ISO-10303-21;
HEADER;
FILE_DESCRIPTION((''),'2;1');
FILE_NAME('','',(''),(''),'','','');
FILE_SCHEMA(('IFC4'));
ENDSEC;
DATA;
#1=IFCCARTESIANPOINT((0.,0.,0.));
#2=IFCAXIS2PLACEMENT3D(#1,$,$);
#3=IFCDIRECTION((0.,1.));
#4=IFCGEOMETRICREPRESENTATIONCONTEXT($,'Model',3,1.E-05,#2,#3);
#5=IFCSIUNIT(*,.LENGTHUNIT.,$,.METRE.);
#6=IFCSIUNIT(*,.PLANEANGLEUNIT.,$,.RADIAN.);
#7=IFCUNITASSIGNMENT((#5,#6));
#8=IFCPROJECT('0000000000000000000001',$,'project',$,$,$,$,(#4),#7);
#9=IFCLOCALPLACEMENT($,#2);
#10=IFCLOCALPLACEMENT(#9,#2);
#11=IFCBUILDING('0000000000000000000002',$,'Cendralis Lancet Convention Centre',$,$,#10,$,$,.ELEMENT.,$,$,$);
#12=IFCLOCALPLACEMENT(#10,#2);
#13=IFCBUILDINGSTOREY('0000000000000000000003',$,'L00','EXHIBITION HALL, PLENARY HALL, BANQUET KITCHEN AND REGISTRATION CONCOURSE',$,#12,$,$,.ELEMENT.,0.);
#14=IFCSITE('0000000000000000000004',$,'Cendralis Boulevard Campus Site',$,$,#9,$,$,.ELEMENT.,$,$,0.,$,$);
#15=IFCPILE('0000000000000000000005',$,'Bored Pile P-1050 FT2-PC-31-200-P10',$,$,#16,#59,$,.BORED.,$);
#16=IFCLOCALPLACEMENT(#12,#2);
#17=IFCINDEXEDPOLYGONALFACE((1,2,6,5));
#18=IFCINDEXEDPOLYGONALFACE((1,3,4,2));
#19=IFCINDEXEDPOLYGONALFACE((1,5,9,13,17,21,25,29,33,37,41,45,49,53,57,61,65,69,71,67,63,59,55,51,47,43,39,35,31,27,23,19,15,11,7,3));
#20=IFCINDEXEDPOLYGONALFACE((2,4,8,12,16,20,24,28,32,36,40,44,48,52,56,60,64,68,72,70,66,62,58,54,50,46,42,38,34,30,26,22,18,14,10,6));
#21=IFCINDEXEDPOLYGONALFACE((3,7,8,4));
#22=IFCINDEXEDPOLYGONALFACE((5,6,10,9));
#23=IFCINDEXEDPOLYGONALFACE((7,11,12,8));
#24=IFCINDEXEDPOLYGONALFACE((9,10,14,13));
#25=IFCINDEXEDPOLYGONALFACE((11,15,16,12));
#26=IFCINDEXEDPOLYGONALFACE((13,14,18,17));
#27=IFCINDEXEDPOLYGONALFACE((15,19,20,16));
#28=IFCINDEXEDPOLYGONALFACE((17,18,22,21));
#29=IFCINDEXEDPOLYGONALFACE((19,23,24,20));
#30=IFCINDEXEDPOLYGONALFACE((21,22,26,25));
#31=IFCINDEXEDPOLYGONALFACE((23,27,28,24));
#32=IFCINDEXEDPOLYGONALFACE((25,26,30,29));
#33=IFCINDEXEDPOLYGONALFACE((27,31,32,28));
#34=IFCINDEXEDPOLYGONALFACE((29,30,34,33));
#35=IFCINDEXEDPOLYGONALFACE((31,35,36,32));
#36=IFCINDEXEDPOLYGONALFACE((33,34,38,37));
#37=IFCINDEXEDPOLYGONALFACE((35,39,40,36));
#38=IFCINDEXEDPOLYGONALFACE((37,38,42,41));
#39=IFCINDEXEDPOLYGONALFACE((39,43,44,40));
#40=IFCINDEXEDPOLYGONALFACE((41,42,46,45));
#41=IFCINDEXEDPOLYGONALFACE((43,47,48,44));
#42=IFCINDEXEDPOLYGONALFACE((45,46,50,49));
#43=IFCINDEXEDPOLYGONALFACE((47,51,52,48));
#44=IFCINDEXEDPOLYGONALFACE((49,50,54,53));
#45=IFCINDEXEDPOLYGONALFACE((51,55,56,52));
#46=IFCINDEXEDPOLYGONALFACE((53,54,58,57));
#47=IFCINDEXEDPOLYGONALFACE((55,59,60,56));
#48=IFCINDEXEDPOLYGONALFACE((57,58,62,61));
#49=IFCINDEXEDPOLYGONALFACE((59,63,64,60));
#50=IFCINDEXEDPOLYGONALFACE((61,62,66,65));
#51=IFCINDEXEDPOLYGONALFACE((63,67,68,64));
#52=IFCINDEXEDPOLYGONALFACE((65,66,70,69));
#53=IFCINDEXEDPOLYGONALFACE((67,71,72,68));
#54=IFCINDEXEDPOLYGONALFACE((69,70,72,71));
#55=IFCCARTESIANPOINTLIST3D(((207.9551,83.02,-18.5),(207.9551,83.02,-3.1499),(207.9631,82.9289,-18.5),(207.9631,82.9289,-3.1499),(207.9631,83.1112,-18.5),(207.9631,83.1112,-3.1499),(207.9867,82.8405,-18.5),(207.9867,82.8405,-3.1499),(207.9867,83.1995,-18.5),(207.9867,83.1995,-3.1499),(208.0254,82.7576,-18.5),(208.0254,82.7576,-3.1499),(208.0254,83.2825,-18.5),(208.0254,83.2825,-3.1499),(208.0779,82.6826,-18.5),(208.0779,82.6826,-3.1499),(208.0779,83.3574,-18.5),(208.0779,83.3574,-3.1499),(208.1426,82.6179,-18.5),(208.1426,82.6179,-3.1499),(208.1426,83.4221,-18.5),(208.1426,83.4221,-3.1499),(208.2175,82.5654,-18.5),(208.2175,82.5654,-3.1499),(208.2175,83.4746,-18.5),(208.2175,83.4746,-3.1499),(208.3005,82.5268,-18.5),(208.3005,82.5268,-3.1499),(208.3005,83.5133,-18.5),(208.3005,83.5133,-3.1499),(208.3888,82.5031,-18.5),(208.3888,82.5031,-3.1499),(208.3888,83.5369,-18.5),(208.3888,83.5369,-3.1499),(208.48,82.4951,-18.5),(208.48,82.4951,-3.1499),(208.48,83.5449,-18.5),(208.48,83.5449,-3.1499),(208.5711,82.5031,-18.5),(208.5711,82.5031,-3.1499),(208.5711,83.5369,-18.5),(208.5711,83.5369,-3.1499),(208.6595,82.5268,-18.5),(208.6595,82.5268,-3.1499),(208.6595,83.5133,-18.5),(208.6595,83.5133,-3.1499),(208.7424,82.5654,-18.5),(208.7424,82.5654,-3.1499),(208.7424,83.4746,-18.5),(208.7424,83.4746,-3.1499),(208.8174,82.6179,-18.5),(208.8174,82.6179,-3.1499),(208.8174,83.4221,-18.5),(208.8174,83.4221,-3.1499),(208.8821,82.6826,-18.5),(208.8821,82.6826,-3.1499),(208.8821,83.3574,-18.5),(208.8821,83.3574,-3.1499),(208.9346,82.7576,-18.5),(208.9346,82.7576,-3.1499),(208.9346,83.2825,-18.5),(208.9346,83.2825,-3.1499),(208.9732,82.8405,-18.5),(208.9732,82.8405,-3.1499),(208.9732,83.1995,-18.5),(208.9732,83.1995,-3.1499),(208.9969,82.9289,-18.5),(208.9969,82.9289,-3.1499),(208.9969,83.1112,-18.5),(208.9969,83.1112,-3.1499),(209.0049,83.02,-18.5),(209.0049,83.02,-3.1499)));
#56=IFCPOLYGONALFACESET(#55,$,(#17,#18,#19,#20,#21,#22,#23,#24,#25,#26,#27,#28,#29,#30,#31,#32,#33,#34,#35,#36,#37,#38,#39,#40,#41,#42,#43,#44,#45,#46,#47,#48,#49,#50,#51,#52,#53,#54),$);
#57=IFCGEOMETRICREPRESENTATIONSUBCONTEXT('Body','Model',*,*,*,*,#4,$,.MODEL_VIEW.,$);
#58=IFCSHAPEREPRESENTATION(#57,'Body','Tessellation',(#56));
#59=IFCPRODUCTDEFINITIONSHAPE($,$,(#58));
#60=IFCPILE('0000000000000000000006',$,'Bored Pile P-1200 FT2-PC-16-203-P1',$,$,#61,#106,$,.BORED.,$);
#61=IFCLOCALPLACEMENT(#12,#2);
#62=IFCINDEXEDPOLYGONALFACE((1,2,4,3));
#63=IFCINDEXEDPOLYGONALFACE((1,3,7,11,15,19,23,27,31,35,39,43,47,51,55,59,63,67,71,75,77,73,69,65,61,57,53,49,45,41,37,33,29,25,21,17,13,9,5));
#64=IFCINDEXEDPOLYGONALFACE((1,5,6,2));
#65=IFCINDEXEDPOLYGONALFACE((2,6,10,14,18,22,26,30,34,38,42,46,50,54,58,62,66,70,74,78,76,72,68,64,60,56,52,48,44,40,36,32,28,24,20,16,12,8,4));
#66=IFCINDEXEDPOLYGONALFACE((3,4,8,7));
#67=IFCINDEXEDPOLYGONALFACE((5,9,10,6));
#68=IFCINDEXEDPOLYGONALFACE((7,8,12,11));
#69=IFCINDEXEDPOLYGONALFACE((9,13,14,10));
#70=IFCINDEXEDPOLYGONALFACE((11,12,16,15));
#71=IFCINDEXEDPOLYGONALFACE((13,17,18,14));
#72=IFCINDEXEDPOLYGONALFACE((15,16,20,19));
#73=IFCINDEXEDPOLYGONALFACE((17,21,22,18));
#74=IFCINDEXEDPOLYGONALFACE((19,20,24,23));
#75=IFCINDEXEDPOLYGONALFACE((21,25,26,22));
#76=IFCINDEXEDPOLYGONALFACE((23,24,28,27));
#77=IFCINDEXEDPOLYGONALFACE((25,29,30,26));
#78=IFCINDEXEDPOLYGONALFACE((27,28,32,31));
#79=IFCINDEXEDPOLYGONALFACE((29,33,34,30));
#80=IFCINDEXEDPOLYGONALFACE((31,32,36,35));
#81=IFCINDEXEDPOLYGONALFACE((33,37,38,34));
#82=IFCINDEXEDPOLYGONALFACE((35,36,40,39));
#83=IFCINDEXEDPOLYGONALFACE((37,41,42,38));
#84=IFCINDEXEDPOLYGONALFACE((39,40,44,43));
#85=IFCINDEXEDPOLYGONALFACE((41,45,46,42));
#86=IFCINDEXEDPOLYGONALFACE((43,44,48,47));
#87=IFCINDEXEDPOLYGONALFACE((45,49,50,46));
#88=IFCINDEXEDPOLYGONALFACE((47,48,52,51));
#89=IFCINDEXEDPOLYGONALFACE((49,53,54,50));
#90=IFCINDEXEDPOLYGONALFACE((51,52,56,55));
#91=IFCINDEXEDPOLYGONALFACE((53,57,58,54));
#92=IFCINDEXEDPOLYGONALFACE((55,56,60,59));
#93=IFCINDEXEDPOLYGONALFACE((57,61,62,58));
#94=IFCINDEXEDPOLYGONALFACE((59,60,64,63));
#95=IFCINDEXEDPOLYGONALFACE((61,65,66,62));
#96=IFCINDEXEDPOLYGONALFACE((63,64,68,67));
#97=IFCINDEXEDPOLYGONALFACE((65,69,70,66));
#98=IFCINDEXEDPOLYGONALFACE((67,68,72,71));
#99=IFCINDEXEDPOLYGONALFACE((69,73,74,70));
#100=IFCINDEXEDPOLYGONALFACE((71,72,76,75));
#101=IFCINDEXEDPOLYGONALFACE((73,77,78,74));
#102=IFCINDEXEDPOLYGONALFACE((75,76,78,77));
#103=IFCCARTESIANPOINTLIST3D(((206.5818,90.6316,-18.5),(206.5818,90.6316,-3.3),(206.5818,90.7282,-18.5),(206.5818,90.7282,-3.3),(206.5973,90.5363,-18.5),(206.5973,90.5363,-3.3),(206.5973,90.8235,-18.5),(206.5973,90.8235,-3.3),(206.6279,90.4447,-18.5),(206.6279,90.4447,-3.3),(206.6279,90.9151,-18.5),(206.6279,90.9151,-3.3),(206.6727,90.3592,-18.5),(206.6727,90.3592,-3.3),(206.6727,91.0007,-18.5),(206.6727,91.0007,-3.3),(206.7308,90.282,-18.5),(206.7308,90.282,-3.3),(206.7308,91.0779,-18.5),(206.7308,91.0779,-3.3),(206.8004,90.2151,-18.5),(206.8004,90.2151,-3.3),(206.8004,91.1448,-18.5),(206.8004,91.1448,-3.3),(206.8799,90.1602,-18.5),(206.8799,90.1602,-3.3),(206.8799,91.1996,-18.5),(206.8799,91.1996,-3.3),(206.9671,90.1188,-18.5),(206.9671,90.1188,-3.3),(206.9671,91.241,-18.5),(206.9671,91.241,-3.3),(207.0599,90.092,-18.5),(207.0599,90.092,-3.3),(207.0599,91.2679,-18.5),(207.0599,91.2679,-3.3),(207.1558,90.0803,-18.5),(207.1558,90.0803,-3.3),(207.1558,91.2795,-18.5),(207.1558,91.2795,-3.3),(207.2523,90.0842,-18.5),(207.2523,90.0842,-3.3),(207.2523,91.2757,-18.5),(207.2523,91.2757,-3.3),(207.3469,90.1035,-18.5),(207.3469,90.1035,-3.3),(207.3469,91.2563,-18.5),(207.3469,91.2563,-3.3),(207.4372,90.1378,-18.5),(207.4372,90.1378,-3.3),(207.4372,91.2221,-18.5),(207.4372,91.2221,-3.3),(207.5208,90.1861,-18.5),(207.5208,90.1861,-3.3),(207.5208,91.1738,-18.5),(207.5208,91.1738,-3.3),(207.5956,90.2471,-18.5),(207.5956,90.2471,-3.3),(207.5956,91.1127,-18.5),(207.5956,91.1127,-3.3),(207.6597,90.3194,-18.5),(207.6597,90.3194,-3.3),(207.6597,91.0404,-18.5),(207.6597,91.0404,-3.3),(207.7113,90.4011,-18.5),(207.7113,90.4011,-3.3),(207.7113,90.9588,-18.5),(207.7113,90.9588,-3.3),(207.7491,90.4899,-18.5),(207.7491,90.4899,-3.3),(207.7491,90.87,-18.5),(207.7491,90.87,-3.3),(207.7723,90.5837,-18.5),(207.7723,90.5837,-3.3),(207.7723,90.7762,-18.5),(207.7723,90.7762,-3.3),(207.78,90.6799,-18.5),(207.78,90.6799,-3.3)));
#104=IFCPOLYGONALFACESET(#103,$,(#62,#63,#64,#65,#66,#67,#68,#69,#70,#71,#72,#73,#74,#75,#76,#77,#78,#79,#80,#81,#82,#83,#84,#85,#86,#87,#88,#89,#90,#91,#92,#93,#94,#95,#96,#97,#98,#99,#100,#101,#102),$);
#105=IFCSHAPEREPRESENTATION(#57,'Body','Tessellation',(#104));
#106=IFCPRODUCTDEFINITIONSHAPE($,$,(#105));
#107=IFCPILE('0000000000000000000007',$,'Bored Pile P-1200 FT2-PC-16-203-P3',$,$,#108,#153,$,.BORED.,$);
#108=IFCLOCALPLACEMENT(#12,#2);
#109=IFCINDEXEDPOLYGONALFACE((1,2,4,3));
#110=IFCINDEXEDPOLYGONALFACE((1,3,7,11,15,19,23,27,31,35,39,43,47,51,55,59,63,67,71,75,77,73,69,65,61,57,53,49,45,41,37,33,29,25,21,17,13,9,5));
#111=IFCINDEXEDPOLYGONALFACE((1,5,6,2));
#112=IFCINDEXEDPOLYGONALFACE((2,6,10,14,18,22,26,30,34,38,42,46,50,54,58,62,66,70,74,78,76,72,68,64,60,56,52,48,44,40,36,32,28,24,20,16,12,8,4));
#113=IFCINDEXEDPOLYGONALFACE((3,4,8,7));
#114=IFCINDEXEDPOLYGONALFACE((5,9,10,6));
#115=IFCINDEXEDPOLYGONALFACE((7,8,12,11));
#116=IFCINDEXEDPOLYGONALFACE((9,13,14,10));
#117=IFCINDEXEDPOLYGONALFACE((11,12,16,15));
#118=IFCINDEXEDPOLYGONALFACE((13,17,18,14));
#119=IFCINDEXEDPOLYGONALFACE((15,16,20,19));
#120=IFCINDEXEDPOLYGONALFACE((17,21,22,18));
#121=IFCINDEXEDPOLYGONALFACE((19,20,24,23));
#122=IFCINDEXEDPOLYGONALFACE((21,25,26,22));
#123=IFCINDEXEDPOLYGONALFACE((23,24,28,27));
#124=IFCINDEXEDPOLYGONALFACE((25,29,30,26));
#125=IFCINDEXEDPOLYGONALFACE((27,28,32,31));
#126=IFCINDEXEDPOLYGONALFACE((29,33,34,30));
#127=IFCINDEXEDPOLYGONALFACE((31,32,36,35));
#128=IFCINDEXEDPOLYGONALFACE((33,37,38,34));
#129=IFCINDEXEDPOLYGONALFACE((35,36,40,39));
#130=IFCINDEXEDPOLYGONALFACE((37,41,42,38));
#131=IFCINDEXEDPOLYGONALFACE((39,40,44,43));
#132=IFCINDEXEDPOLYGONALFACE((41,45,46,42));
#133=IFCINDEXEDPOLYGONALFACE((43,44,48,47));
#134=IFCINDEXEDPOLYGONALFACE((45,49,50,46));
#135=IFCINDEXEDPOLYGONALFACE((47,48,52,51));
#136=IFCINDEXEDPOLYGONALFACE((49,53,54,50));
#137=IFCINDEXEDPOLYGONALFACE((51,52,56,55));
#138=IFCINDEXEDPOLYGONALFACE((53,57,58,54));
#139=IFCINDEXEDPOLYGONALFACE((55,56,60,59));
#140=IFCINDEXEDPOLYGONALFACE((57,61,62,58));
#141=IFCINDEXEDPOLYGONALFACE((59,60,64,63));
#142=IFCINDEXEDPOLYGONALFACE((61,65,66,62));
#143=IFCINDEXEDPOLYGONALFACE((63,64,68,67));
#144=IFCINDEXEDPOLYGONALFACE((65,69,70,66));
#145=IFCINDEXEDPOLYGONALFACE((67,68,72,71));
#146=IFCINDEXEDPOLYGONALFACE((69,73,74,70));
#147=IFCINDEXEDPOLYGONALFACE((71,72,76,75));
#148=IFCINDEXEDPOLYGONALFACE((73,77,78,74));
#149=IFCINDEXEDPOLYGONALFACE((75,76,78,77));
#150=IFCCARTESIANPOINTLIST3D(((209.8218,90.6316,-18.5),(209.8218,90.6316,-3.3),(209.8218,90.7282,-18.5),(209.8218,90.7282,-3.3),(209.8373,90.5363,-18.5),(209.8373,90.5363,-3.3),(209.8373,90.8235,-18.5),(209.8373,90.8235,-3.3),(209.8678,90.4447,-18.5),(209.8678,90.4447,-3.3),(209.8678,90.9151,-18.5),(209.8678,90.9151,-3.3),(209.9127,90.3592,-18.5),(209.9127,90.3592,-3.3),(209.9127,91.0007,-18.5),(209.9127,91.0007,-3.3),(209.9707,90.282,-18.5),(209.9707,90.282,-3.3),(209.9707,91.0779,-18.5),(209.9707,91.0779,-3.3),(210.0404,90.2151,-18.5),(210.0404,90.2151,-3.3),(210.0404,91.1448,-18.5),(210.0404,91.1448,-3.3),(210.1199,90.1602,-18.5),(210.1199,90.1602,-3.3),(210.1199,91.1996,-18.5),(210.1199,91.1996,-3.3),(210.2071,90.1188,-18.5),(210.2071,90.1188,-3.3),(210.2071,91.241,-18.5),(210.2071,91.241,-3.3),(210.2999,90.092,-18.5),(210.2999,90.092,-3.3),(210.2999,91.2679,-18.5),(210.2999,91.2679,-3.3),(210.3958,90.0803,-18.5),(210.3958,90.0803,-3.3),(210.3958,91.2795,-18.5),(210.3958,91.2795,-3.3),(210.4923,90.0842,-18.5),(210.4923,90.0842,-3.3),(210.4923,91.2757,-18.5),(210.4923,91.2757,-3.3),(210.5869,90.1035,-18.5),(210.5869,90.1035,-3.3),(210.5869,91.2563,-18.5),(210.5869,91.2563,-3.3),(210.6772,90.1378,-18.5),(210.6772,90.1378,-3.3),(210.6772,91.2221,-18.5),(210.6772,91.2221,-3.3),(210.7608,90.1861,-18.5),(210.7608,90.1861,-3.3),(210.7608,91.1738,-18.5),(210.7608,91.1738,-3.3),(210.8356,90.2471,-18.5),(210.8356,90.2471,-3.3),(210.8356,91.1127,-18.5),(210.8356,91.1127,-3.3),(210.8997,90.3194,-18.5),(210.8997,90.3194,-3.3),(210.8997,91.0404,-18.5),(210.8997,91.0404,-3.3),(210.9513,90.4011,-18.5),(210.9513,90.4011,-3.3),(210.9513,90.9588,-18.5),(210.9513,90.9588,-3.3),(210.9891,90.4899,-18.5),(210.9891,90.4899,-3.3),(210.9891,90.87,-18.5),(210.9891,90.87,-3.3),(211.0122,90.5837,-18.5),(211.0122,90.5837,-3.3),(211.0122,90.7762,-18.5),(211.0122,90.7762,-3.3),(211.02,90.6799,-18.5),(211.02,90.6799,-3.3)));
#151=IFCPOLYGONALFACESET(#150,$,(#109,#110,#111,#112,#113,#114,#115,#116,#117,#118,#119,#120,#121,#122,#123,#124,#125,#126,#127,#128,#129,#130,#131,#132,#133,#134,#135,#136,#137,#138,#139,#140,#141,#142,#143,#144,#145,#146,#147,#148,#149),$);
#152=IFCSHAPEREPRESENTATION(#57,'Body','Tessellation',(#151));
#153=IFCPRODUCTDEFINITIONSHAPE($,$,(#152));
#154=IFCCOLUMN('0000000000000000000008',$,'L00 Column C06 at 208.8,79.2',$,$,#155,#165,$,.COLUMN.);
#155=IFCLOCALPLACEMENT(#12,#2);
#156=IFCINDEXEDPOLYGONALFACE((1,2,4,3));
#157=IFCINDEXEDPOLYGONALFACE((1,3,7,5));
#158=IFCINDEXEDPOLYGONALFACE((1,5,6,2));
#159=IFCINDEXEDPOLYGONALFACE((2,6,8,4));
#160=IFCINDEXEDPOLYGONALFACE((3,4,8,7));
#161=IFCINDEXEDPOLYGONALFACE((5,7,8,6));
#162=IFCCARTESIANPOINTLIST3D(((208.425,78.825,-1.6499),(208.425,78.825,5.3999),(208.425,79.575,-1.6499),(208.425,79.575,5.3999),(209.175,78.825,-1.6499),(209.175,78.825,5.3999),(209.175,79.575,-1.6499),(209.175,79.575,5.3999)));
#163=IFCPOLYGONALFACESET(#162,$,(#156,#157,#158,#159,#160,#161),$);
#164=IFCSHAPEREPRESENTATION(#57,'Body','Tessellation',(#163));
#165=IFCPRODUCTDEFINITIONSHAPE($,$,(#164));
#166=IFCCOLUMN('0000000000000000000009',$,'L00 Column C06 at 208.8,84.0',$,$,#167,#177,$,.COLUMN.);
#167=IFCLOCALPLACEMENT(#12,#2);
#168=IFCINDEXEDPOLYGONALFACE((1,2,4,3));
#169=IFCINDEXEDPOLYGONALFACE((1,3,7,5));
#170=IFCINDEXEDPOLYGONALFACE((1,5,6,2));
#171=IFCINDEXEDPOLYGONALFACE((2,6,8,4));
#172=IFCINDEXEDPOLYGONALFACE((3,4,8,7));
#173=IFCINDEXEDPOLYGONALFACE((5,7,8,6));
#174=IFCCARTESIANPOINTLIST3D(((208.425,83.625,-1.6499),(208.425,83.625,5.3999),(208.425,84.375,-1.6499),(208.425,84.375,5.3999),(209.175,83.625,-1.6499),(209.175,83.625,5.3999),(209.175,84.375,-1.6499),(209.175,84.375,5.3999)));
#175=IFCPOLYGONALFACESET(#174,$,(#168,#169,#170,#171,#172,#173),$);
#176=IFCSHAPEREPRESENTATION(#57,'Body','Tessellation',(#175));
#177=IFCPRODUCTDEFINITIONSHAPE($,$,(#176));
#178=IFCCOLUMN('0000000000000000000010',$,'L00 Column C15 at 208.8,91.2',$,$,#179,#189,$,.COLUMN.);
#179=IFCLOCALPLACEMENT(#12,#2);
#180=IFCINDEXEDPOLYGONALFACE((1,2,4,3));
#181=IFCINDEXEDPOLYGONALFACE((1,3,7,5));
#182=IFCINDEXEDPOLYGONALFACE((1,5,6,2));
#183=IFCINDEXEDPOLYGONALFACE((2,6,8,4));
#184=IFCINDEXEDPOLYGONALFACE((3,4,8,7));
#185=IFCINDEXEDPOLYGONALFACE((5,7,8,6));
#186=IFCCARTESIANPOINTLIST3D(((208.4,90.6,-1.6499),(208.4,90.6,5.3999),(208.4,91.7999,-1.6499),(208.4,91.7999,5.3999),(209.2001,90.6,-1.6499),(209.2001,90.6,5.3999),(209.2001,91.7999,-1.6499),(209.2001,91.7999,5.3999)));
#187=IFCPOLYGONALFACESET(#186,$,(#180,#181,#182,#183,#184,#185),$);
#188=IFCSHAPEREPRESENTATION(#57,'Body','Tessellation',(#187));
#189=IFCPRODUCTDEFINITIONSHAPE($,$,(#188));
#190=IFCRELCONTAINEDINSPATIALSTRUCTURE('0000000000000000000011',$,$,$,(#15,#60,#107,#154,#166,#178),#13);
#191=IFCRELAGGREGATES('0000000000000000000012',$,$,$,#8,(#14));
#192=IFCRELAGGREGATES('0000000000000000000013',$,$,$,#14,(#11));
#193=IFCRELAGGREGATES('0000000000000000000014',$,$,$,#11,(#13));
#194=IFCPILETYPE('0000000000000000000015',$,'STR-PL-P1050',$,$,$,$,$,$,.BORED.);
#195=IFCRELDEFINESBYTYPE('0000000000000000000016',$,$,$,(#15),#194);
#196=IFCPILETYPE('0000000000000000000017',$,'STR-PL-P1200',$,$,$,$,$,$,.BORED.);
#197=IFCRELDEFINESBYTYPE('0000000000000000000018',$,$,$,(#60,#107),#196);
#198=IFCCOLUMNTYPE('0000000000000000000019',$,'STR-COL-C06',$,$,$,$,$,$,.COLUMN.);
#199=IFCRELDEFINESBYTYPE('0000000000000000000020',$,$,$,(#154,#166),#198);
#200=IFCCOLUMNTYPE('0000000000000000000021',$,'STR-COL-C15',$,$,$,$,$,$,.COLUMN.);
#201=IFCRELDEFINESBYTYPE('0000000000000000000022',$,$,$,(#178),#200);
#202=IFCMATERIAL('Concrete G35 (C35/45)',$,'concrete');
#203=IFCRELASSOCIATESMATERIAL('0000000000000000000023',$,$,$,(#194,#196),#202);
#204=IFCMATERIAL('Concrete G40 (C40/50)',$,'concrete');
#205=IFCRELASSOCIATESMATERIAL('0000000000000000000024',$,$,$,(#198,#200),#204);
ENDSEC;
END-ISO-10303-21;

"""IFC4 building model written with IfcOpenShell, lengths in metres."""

from ifc_helpers import new_model, si_unit, direction, frame, origin, origin_2d, place, context, subcontext, project, spatial, rectangle, circle, extrude, material, material_profile, profile_set, type_object, element, save


model = new_model("IFC4")

# Units and contexts
model_context = context("Model", 3, precision=1e-05, world=origin(), true_north=direction((0.0, 1.0)))
body_context = subcontext(model_context, "Body", "Model", "MODEL_VIEW")
ifc_project = project(units=[si_unit("LENGTHUNIT", "METRE"), si_unit("PLANEANGLEUNIT", "RADIAN")], contexts=[model_context])

# Site, building, storey
site_placement = place(None, origin())
site = spatial("IfcSite", under=ifc_project, at=site_placement, Name="Cendralis Boulevard Campus Site", CompositionType="ELEMENT", RefElevation=0.0)
building_placement = place(site_placement, origin())
building = spatial("IfcBuilding", under=site, at=building_placement, Name="Cendralis Lancet Convention Centre", CompositionType="ELEMENT")
storey_placement = place(building_placement, origin())
storey = spatial("IfcBuildingStorey", under=building, at=storey_placement, Name="L00", Description="EXHIBITION HALL, PLENARY HALL, BANQUET KITCHEN AND REGISTRATION CONCOURSE", CompositionType="ELEMENT", Elevation=0.0)

# Piles
ifc_material_1 = material(Name="Concrete G35 (C35/45)", Category="concrete")
ifc_material_profile_1 = material_profile(ifc_material_1, circle(Radius=0.5249, at=origin_2d()), Name="BORED PILE D1050")
ifc_profile_set_1 = profile_set([ifc_material_profile_1], Name="Concrete G35 (C35/45)")
pile_type_1 = type_object("IfcPileType", Name="STR-PL-P1050", PredefinedType="BORED", material=ifc_profile_set_1)
for number, where, z_axis, x_axis, name in (
    (1, (208.48, 83.02, -3.1499), (0.0, 0.0, -1.0), (1.0, 0.0, 0.0), "Bored Pile P-1050 FT2-PC-31-200-P10"),
):
    element("IfcPile", number, at=place(storey_placement, frame(where, z_axis=z_axis, x_axis=x_axis)), inside=storey, type_object=pile_type_1, Name=name, PredefinedType="BORED", context=body_context, shape_type="SweptSolid", body=[
        extrude(circle(Radius=0.5249, at=origin_2d()), origin(), (0.0, 0.0, 1.0), 15.3501),
    ])
ifc_material_profile_2 = material_profile(ifc_material_1, circle(Radius=0.6001, at=origin_2d()), Name="BORED PILE D1200")
ifc_profile_set_2 = profile_set([ifc_material_profile_2], Name="Concrete G35 (C35/45)")
pile_type_2 = type_object("IfcPileType", Name="STR-PL-P1200", PredefinedType="BORED", material=ifc_profile_set_2)
for number, where, z_axis, x_axis, name in (
    (2, (207.1799, 90.6799, -3.3), (0.0, 0.0, -1.0), (1.0, 0.0, 0.0), "Bored Pile P-1200 FT2-PC-16-203-P1"),
    (3, (210.4199, 90.6799, -3.3), (0.0, 0.0, -1.0), (1.0, 0.0, 0.0), "Bored Pile P-1200 FT2-PC-16-203-P3"),
):
    element("IfcPile", number, at=place(storey_placement, frame(where, z_axis=z_axis, x_axis=x_axis)), inside=storey, type_object=pile_type_2, Name=name, PredefinedType="BORED", context=body_context, shape_type="SweptSolid", body=[
        extrude(circle(Radius=0.6001, at=origin_2d()), origin(), (0.0, 0.0, 1.0), 15.2),
    ])

# Columns
ifc_material_2 = material(Name="Concrete G40 (C40/50)", Category="concrete")
ifc_material_profile_3 = material_profile(ifc_material_2, rectangle(XDim=0.75, YDim=0.75, at=origin_2d()), Name="RC 750x750")
ifc_profile_set_3 = profile_set([ifc_material_profile_3], Name="Concrete G40 (C40/50)")
column_type_1 = type_object("IfcColumnType", Name="STR-COL-C06", PredefinedType="COLUMN", material=ifc_profile_set_3)
for number, where, z_axis, x_axis, name in (
    (4, (208.8, 79.2, -1.6499), (0.0, 0.0, 1.0), (1.0, 0.0, 0.0), "L00 Column C06 at 208.8,79.2"),
    (5, (208.8, 84.0, -1.6499), (0.0, 0.0, 1.0), (1.0, 0.0, 0.0), "L00 Column C06 at 208.8,84.0"),
):
    element("IfcColumn", number, at=place(storey_placement, frame(where, z_axis=z_axis, x_axis=x_axis)), inside=storey, type_object=column_type_1, Name=name, PredefinedType="COLUMN", context=body_context, shape_type="SweptSolid", body=[
        extrude(rectangle(XDim=0.75, YDim=0.75, at=origin_2d()), origin(), (0.0, 0.0, 1.0), 7.0498),
    ])
ifc_material_profile_4 = material_profile(ifc_material_2, rectangle(XDim=0.8, YDim=1.2, at=origin_2d()), Name="RC 800x1200")
ifc_profile_set_4 = profile_set([ifc_material_profile_4], Name="Concrete G40 (C40/50)")
column_type_2 = type_object("IfcColumnType", Name="STR-COL-C15", PredefinedType="COLUMN", material=ifc_profile_set_4)
column_placement = place(storey_placement, frame((208.8, 91.2, -1.6499), z_axis=(0.0, 0.0, 1.0), x_axis=(1.0, 0.0, 0.0)))
element("IfcColumn", 6, at=column_placement, inside=storey, type_object=column_type_2, Name="L00 Column C15 at 208.8,91.2", PredefinedType="COLUMN", context=body_context, shape_type="SweptSolid", body=[
    extrude(rectangle(XDim=0.8, YDim=1.2, at=origin_2d()), origin(), (0.0, 0.0, 1.0), 7.0498),
])

save(model, "model.ifc")
